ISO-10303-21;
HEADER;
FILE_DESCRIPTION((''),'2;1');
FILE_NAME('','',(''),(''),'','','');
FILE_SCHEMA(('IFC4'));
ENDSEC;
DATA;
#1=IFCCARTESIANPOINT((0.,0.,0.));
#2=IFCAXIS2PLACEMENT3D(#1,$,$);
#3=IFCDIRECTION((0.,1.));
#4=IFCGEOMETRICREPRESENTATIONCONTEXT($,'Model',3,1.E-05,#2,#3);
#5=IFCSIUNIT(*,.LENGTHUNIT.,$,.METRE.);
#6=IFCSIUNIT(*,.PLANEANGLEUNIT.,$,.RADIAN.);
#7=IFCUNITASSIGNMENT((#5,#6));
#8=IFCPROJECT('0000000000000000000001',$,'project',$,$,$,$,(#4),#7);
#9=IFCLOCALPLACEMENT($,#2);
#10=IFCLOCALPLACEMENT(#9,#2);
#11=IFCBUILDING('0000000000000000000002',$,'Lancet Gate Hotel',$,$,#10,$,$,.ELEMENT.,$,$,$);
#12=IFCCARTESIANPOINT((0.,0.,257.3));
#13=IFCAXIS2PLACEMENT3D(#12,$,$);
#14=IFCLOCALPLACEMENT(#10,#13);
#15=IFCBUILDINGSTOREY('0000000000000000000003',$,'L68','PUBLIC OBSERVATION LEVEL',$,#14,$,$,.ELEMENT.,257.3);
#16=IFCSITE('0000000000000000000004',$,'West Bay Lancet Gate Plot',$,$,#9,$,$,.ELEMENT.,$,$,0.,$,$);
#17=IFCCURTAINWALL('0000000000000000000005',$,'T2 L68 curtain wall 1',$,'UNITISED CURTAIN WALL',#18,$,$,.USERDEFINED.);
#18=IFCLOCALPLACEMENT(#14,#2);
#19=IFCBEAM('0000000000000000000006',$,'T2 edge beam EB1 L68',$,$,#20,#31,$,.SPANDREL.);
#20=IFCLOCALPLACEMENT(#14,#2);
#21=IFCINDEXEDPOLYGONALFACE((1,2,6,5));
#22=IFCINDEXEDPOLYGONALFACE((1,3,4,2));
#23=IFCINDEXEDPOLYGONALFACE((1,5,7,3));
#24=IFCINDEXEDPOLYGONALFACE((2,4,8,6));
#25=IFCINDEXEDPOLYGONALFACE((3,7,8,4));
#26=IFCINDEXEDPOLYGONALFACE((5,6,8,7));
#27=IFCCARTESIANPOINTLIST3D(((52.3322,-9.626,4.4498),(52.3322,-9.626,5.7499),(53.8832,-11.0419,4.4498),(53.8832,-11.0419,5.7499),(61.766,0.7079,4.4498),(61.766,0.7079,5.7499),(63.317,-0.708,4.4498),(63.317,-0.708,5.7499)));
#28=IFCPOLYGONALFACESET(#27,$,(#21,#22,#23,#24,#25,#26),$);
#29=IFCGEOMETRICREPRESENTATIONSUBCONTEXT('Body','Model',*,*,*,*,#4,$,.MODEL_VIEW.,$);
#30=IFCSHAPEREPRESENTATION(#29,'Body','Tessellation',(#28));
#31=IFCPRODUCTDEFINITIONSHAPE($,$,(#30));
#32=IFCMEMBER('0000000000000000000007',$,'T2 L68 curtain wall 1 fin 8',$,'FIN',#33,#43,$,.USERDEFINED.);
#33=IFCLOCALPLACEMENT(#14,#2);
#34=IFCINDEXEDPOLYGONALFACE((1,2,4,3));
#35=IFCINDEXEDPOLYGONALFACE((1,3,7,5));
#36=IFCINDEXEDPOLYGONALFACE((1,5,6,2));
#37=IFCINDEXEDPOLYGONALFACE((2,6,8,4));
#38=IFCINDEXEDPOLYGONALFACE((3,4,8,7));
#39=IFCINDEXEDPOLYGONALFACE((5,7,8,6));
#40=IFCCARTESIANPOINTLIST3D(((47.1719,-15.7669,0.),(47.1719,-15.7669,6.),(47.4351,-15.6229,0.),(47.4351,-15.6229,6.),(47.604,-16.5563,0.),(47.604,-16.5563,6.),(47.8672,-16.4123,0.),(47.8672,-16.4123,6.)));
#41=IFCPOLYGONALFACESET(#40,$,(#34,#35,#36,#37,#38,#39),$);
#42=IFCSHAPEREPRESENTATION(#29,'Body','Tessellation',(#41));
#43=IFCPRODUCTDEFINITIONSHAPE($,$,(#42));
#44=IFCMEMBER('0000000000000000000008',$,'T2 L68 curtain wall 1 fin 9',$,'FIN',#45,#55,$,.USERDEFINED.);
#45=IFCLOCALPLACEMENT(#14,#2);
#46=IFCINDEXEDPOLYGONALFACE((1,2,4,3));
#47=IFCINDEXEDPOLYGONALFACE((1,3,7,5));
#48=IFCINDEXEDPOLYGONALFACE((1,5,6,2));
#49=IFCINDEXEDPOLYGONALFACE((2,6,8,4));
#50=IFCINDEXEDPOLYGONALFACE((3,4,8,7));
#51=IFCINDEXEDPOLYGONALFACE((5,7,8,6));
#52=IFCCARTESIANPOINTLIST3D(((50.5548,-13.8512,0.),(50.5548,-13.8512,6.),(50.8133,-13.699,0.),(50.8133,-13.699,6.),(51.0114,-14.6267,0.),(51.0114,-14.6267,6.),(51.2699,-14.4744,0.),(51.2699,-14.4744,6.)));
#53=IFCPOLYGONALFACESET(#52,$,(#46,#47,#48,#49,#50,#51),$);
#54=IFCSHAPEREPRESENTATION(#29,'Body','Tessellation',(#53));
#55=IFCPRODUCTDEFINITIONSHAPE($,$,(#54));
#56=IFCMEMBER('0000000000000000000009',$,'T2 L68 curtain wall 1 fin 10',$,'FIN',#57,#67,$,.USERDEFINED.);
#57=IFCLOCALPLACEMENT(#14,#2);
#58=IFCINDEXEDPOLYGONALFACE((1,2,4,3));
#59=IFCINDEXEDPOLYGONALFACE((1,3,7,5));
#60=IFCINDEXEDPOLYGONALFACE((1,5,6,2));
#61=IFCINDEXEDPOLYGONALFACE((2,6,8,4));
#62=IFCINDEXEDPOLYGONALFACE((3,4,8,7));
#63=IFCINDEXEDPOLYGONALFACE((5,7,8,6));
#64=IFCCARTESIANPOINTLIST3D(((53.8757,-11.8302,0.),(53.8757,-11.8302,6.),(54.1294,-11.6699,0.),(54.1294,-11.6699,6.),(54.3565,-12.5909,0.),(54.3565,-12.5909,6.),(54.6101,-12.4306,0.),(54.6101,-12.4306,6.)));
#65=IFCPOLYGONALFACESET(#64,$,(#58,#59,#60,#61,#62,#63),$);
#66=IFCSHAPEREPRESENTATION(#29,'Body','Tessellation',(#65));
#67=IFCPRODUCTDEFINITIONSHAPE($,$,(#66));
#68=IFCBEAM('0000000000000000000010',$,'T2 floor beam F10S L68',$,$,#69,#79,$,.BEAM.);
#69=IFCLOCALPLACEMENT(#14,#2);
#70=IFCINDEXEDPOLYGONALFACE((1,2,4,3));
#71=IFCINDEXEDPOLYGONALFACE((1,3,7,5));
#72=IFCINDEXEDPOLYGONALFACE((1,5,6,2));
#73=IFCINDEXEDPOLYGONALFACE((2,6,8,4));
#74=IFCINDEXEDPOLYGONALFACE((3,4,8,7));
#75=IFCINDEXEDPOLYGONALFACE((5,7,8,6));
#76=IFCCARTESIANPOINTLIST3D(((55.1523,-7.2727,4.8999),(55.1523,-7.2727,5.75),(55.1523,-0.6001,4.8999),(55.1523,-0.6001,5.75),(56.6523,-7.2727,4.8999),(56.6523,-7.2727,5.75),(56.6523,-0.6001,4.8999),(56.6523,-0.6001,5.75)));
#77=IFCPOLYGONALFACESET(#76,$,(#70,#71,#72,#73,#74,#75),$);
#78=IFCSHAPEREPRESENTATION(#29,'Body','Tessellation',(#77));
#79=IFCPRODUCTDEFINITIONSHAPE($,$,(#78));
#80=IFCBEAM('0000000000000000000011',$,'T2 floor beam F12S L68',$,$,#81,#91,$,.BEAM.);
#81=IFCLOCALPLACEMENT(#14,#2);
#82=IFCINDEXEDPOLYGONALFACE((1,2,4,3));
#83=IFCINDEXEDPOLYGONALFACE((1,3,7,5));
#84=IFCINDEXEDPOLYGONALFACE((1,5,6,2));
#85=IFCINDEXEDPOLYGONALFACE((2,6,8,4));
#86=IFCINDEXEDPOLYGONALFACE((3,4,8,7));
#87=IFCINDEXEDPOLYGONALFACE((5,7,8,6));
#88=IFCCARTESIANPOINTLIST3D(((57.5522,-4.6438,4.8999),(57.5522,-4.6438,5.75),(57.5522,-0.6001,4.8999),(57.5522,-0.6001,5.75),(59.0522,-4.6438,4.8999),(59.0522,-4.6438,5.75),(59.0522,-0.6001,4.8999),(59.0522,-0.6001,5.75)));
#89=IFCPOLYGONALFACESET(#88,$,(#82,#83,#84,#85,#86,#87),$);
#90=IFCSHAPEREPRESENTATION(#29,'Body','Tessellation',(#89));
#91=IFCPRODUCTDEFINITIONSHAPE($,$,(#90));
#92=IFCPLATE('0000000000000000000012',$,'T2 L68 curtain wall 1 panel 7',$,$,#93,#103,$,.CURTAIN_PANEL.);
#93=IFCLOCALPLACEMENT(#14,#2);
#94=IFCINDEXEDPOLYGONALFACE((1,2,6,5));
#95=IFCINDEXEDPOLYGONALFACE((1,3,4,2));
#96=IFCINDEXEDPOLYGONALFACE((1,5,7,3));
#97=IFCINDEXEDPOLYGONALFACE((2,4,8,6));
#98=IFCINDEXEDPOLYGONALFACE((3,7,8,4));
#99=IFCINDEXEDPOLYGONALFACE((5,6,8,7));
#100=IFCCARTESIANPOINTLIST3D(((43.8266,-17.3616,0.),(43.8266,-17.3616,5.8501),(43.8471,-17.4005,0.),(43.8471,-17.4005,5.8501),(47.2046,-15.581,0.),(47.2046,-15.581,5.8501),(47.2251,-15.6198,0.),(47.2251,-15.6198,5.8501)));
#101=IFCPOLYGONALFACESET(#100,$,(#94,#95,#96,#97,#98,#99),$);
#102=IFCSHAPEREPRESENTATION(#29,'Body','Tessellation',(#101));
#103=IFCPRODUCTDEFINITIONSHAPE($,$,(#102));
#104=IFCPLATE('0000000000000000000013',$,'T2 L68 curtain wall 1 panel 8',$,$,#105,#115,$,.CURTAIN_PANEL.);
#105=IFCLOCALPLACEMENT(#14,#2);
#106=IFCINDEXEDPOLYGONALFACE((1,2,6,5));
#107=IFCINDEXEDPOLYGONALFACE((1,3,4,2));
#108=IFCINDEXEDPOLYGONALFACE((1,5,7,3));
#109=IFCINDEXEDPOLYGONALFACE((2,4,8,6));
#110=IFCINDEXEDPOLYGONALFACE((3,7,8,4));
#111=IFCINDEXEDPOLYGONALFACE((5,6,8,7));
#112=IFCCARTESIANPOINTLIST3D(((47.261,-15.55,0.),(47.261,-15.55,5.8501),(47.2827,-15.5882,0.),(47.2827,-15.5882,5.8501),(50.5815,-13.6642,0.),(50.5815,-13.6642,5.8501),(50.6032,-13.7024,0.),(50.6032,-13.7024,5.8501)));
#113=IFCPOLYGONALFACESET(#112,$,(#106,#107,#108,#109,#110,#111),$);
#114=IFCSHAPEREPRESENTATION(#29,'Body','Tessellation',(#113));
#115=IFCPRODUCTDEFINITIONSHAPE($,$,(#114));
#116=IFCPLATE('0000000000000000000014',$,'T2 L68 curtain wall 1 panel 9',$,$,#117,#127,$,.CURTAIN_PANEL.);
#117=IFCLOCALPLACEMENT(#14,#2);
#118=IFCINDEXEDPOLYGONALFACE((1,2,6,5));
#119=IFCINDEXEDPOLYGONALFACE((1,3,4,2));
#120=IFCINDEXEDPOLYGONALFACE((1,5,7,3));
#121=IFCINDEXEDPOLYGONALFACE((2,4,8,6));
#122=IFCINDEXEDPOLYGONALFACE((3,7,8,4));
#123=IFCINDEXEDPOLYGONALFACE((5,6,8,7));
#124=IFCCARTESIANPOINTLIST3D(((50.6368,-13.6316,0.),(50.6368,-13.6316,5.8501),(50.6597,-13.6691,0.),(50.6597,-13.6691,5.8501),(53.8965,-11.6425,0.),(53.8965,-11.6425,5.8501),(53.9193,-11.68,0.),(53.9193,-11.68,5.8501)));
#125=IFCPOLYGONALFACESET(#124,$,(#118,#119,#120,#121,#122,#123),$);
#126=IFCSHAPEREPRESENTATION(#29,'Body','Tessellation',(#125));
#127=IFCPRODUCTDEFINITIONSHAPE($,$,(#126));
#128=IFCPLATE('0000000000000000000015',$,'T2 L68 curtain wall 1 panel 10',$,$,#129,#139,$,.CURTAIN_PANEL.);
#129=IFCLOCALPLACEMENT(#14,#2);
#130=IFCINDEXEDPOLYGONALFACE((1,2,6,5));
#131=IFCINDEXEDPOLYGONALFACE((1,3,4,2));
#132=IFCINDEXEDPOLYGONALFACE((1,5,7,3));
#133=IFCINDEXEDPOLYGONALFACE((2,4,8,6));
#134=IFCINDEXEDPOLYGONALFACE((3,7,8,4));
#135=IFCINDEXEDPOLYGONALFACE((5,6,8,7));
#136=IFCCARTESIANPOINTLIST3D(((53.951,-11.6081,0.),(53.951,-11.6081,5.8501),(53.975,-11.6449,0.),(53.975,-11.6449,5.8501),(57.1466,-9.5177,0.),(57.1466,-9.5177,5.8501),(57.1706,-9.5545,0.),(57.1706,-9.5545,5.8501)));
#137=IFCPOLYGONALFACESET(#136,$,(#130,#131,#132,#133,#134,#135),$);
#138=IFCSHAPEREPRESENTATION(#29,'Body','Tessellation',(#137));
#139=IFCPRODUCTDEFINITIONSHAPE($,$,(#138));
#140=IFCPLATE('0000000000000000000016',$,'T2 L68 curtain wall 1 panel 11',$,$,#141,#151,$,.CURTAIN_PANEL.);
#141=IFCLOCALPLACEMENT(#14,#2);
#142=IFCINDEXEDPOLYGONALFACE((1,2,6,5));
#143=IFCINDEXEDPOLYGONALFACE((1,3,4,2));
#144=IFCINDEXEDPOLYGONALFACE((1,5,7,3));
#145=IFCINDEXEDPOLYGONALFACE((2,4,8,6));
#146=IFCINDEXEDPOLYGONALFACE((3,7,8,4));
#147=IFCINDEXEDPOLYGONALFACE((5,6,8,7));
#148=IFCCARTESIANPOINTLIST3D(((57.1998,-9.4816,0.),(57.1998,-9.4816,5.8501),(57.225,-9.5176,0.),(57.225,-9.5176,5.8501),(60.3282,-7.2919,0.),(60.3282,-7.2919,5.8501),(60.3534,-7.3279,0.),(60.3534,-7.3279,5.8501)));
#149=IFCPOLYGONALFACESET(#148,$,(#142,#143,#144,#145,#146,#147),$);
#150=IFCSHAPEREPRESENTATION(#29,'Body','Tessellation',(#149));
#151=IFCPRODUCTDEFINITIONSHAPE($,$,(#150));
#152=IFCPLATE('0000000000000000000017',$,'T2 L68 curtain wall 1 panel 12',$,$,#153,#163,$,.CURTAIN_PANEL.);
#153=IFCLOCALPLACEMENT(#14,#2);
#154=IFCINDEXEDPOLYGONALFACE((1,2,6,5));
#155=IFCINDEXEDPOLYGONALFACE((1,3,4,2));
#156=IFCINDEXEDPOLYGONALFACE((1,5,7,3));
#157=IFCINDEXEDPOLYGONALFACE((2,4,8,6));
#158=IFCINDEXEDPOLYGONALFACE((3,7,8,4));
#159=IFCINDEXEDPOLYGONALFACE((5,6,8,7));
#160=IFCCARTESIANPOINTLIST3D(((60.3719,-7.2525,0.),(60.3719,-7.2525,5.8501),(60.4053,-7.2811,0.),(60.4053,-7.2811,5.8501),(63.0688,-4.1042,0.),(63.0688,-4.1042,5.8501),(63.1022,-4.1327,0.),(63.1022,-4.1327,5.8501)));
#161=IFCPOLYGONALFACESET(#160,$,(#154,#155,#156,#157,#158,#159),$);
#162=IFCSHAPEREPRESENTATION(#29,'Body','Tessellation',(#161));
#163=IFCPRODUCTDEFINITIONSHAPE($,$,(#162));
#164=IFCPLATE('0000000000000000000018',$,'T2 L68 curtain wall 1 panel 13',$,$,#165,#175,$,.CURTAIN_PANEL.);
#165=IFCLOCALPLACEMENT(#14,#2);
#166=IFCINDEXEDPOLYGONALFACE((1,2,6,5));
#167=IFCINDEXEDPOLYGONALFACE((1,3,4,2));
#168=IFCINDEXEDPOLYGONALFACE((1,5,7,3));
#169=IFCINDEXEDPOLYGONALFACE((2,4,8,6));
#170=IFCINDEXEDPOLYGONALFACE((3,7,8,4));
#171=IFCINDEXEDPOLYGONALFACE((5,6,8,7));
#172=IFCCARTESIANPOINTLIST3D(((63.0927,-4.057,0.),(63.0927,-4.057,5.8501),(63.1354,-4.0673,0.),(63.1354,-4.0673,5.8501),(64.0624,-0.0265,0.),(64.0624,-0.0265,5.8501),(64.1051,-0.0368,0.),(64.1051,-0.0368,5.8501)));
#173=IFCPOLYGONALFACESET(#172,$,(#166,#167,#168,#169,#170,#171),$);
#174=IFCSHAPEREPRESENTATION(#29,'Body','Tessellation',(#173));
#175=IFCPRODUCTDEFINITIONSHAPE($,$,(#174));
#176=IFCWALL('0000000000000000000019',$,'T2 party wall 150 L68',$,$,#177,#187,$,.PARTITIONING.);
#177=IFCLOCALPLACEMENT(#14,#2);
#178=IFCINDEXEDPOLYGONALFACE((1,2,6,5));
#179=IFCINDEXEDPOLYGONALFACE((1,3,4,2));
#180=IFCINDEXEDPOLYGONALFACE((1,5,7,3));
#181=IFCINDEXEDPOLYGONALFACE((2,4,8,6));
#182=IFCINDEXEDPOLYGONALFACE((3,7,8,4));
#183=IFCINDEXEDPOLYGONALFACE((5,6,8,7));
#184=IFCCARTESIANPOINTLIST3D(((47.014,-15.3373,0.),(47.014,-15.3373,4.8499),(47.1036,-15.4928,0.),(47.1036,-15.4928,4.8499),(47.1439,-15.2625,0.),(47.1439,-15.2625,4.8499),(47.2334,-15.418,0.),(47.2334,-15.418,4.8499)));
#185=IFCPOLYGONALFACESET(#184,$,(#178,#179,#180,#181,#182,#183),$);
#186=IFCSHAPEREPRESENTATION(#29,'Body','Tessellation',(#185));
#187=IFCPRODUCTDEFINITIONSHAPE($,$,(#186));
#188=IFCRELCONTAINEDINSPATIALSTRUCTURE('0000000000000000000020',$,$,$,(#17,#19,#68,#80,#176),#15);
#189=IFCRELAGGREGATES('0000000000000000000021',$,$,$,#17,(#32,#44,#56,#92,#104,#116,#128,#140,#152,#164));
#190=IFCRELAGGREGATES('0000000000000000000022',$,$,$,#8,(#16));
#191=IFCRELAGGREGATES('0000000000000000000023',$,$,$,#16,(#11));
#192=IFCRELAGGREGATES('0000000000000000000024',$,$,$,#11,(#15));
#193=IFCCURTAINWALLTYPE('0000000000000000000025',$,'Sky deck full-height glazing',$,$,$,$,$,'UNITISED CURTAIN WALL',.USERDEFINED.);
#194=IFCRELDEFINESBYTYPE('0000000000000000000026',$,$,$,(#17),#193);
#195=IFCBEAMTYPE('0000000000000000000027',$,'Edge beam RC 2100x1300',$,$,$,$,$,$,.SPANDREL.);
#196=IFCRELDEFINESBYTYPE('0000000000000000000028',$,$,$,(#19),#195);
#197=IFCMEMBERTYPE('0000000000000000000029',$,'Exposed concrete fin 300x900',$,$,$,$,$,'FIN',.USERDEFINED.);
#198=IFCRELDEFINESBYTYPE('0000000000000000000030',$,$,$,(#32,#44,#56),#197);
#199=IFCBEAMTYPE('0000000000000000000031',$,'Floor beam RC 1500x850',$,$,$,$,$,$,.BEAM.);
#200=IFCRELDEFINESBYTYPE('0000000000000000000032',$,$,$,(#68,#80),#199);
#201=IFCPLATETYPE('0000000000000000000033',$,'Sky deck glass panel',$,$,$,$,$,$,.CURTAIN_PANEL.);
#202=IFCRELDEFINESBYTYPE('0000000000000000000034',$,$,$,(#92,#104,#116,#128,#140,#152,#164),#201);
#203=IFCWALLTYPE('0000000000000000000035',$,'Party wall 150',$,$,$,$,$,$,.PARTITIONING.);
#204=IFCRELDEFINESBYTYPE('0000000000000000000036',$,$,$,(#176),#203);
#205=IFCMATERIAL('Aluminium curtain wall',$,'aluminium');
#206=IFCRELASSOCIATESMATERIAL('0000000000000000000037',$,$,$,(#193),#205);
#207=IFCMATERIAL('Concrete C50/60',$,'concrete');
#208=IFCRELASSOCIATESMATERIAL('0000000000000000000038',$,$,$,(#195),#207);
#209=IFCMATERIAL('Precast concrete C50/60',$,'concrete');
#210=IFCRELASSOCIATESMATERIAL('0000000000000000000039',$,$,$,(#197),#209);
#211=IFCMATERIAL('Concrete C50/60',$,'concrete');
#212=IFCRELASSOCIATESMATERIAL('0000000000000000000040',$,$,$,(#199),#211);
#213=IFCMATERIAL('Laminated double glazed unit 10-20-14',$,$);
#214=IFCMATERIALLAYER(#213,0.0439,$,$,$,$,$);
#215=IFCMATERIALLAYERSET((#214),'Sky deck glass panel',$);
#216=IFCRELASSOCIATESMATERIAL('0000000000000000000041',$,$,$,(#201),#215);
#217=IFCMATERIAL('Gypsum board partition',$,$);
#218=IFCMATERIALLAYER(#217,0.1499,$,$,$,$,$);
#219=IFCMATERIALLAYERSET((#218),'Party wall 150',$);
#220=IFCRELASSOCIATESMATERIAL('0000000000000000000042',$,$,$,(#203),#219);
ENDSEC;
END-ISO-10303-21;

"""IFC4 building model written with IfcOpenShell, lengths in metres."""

from ifc_helpers import new_model, si_unit, direction, frame, frame_2d, origin, origin_2d, place, context, subcontext, project, spatial, rectangle, extrude, material, layer, layer_set, material_profile, profile_set, type_object, element, aggregate, save


model = new_model("IFC4")

# Units and contexts
model_context = context("Model", 3, precision=1e-05, world=origin(), true_north=direction((0.0, 1.0)))
body_context = subcontext(model_context, "Body", "Model", "MODEL_VIEW")
ifc_project = project(units=[si_unit("LENGTHUNIT", "METRE"), si_unit("PLANEANGLEUNIT", "RADIAN")], contexts=[model_context])

# Site, building, storey
site_placement = place(None, origin())
site = spatial("IfcSite", under=ifc_project, at=site_placement, Name="West Bay Lancet Gate Plot", CompositionType="ELEMENT", RefElevation=0.0)
building_placement = place(site_placement, origin())
building = spatial("IfcBuilding", under=site, at=building_placement, Name="Lancet Gate Hotel", CompositionType="ELEMENT")
storey_placement = place(building_placement, frame((0.0, 0.0, 257.3)))
storey = spatial("IfcBuildingStorey", under=building, at=storey_placement, Name="L68", Description="PUBLIC OBSERVATION LEVEL", CompositionType="ELEMENT", Elevation=257.3)

# Curtain wall
ifc_material_1 = material(Name="Aluminium curtain wall", Category="aluminium")
curtain_wall_type = type_object("IfcCurtainWallType", Name="Sky deck full-height glazing", ElementType="UNITISED CURTAIN WALL", PredefinedType="USERDEFINED", material=ifc_material_1)
curtain_wall_placement = place(storey_placement, origin())
curtain_wall = element("IfcCurtainWall", 1, at=curtain_wall_placement, inside=storey, type_object=curtain_wall_type, Name="T2 L68 curtain wall 1", ObjectType="UNITISED CURTAIN WALL", PredefinedType="USERDEFINED")

# Beam
ifc_material_2 = material(Name="Concrete C50/60", Category="concrete")
ifc_material_profile_1 = material_profile(ifc_material_2, rectangle(XDim=2.1001, YDim=1.3, at=origin_2d()), Name="RC 2100x1300")
ifc_profile_set_1 = profile_set([ifc_material_profile_1], Name="Concrete C50/60")
beam_type_1 = type_object("IfcBeamType", Name="Edge beam RC 2100x1300", PredefinedType="SPANDREL", material=ifc_profile_set_1)
beam_1_placement = place(storey_placement, frame((53.1077, -10.334, 5.0999), z_axis=(0.674209, 0.73854, 0.0), x_axis=(-0.73854, 0.674209, 0.0)))
element("IfcBeam", 2, at=beam_1_placement, inside=storey, type_object=beam_type_1, Name="T2 edge beam EB1 L68", PredefinedType="SPANDREL", context=body_context, shape_type="SweptSolid", body=[
    extrude(rectangle(XDim=2.1001, YDim=1.3, at=origin_2d()), origin(), (0.0, 0.0, 1.0), 13.9924),
])

# Members
ifc_material_3 = material(Name="Precast concrete C50/60", Category="concrete")
ifc_material_profile_2 = material_profile(ifc_material_3, rectangle(XDim=0.3, YDim=0.8999, at=origin_2d()), Name="FIN 300x900")
ifc_profile_set_2 = profile_set([ifc_material_profile_2], Name="Precast concrete C50/60")
member_type_1 = type_object("IfcMemberType", Name="Exposed concrete fin 300x900", ElementType="FIN", PredefinedType="USERDEFINED", material=ifc_profile_set_2)
member_1_placement = place(storey_placement, frame((47.5195, -16.0896, 0.0), z_axis=(0.0, 0.0, 1.0), x_axis=(0.877195, 0.480135, 0.0)))
member_1 = element("IfcMember", 3, at=member_1_placement, type_object=member_type_1, Name="T2 L68 curtain wall 1 fin 8", ObjectType="FIN", PredefinedType="USERDEFINED", context=body_context, shape_type="SweptSolid", body=[
    extrude(rectangle(XDim=0.3, YDim=0.8999, at=origin_2d()), origin(), (0.0, 0.0, 1.0), 6.0),
])
member_2_placement = place(storey_placement, frame((50.9124, -14.1628, 0.0), z_axis=(0.0, 0.0, 1.0), x_axis=(0.861692, 0.507432, 0.0)))
member_2 = element("IfcMember", 4, at=member_2_placement, type_object=member_type_1, Name="T2 L68 curtain wall 1 fin 9", ObjectType="FIN", PredefinedType="USERDEFINED", context=body_context, shape_type="SweptSolid", body=[
    extrude(rectangle(XDim=0.3, YDim=0.8999, at=origin_2d()), origin(), (0.0, 0.0, 1.0), 6.0),
])
member_3_placement = place(storey_placement, frame((54.2429, -12.1304, 0.0), z_axis=(0.0, 0.0, 1.0), x_axis=(0.84534, 0.534229, 0.0)))
member_3 = element("IfcMember", 5, at=member_3_placement, type_object=member_type_1, Name="T2 L68 curtain wall 1 fin 10", ObjectType="FIN", PredefinedType="USERDEFINED", context=body_context, shape_type="SweptSolid", body=[
    extrude(rectangle(XDim=0.3, YDim=0.8999, at=origin_2d()), origin(), (0.0, 0.0, 1.0), 6.0),
])

# Beams
ifc_material_4 = material(Name="Concrete C50/60", Category="concrete")
ifc_material_profile_3 = material_profile(ifc_material_4, rectangle(XDim=1.5, YDim=0.8501, at=origin_2d()), Name="RC 1500x850")
ifc_profile_set_3 = profile_set([ifc_material_profile_3], Name="Concrete C50/60")
beam_type_2 = type_object("IfcBeamType", Name="Floor beam RC 1500x850", PredefinedType="BEAM", material=ifc_profile_set_3)
beam_2_placement = place(storey_placement, frame((55.9023, -7.2727, 5.325), z_axis=(0.0, 1.0, 0.0), x_axis=(-1.0, 0.0, 0.0)))
element("IfcBeam", 6, at=beam_2_placement, inside=storey, type_object=beam_type_2, Name="T2 floor beam F10S L68", PredefinedType="BEAM", context=body_context, shape_type="SweptSolid", body=[
    extrude(rectangle(XDim=1.5, YDim=0.8501, at=origin_2d()), origin(), (0.0, 0.0, 1.0), 6.6726),
])
beam_3_placement = place(storey_placement, frame((58.3022, -4.6438, 5.325), z_axis=(0.0, 1.0, 0.0), x_axis=(-1.0, 0.0, 0.0)))
element("IfcBeam", 7, at=beam_3_placement, inside=storey, type_object=beam_type_2, Name="T2 floor beam F12S L68", PredefinedType="BEAM", context=body_context, shape_type="SweptSolid", body=[
    extrude(rectangle(XDim=1.5, YDim=0.8501, at=origin_2d()), origin(), (0.0, 0.0, 1.0), 4.0437),
])

# Plates
ifc_material_5 = material(Name="Laminated double glazed unit 10-20-14")
ifc_layer_1 = layer(ifc_material_5, 0.0439)
ifc_layer_set_1 = layer_set([ifc_layer_1], Name="Sky deck glass panel")
plate_type = type_object("IfcPlateType", Name="Sky deck glass panel", PredefinedType="CURTAIN_PANEL", material=ifc_layer_set_1)
plate_1_placement = place(storey_placement, frame((45.5259, -16.4907, 0.0), z_axis=(0.0, 0.0, 1.0), x_axis=(0.884623, 0.466307, 0.0)))
plate_1 = element("IfcPlate", 8, at=plate_1_placement, type_object=plate_type, Name="T2 L68 curtain wall 1 panel 7", PredefinedType="CURTAIN_PANEL", context=body_context, shape_type="SweptSolid", body=[
    extrude(rectangle(XDim=3.8186, YDim=0.0439, at=origin_2d()), origin(), (0.0, 0.0, 1.0), 5.8501),
])
plate_2_placement = place(storey_placement, frame((48.9321, -14.6262, 0.0), z_axis=(0.0, 0.0, 1.0), x_axis=(0.86955, 0.493844, 0.0)))
plate_2 = element("IfcPlate", 9, at=plate_2_placement, type_object=plate_type, Name="T2 L68 curtain wall 1 panel 8", PredefinedType="CURTAIN_PANEL", context=body_context, shape_type="SweptSolid", body=[
    extrude(rectangle(XDim=3.8186, YDim=0.0439, at=origin_2d()), origin(), (0.0, 0.0, 1.0), 5.8501),
])
plate_3_placement = place(storey_placement, frame((52.2781, -12.6558, 0.0), z_axis=(0.0, 0.0, 1.0), x_axis=(0.853621, 0.520895, 0.0)))
plate_3 = element("IfcPlate", 10, at=plate_3_placement, type_object=plate_type, Name="T2 L68 curtain wall 1 panel 9", PredefinedType="CURTAIN_PANEL", context=body_context, shape_type="SweptSolid", body=[
    extrude(rectangle(XDim=3.8186, YDim=0.0439, at=origin_2d()), origin(), (0.0, 0.0, 1.0), 5.8501),
])
plate_4_placement = place(storey_placement, frame((55.5608, -10.5813, 0.0), z_axis=(0.0, 0.0, 1.0), x_axis=(0.83685, 0.547432, 0.0)))
plate_4 = element("IfcPlate", 11, at=plate_4_placement, type_object=plate_type, Name="T2 L68 curtain wall 1 panel 10", PredefinedType="CURTAIN_PANEL", context=body_context, shape_type="SweptSolid", body=[
    extrude(rectangle(XDim=3.8186, YDim=0.0439, at=origin_2d()), origin(), (0.0, 0.0, 1.0), 5.8501),
])
plate_5_placement = place(storey_placement, frame((58.7766, -8.4048, 0.0), z_axis=(0.0, 0.0, 1.0), x_axis=(0.819255, 0.573429, 0.0)))
plate_5 = element("IfcPlate", 12, at=plate_5_placement, type_object=plate_type, Name="T2 L68 curtain wall 1 panel 11", PredefinedType="CURTAIN_PANEL", context=body_context, shape_type="SweptSolid", body=[
    extrude(rectangle(XDim=3.8186, YDim=0.0439, at=origin_2d()), origin(), (0.0, 0.0, 1.0), 5.8501),
])
plate_6_placement = place(storey_placement, frame((61.7371, -5.6926, 0.0), z_axis=(0.0, 0.0, 1.0), x_axis=(0.650552, 0.759462, 0.0)))
plate_6 = element("IfcPlate", 13, at=plate_6_placement, type_object=plate_type, Name="T2 L68 curtain wall 1 panel 12", PredefinedType="CURTAIN_PANEL", context=body_context, shape_type="SweptSolid", body=[
    extrude(rectangle(XDim=4.1455, YDim=0.0439, at=origin_2d()), origin(), (0.0, 0.0, 1.0), 5.8501),
])
plate_7_placement = place(storey_placement, frame((63.5989, -2.0469, 0.0), z_axis=(0.0, 0.0, 1.0), x_axis=(0.233916, 0.972257, 0.0)))
plate_7 = element("IfcPlate", 14, at=plate_7_placement, type_object=plate_type, Name="T2 L68 curtain wall 1 panel 13", PredefinedType="CURTAIN_PANEL", context=body_context, shape_type="SweptSolid", body=[
    extrude(rectangle(XDim=4.1455, YDim=0.0439, at=origin_2d()), origin(), (0.0, 0.0, 1.0), 5.8501),
])
aggregate(curtain_wall, [member_1, member_2, member_3, plate_1, plate_2, plate_3, plate_4, plate_5, plate_6, plate_7])

# Wall
ifc_material_6 = material(Name="Gypsum board partition")
ifc_layer_2 = layer(ifc_material_6, 0.1499)
ifc_layer_set_2 = layer_set([ifc_layer_2], Name="Party wall 150")
wall_type = type_object("IfcWallType", Name="Party wall 150", PredefinedType="PARTITIONING", material=ifc_layer_set_2)
wall_1_placement = place(storey_placement, frame((47.0789, -15.2998, 0.0), z_axis=(0.0, 0.0, 1.0), x_axis=(0.499212, -0.86648, 0.0)))
element("IfcWall", 15, at=wall_1_placement, inside=storey, type_object=wall_type, Name="T2 party wall 150 L68", PredefinedType="PARTITIONING", context=body_context, shape_type="SweptSolid", body=[
    extrude(rectangle(XDim=0.1794, YDim=0.1499, at=frame_2d((0.0898, 0.0))), origin(), (0.0, 0.0, 1.0), 4.8499),
])

save(model, "model.ifc")
